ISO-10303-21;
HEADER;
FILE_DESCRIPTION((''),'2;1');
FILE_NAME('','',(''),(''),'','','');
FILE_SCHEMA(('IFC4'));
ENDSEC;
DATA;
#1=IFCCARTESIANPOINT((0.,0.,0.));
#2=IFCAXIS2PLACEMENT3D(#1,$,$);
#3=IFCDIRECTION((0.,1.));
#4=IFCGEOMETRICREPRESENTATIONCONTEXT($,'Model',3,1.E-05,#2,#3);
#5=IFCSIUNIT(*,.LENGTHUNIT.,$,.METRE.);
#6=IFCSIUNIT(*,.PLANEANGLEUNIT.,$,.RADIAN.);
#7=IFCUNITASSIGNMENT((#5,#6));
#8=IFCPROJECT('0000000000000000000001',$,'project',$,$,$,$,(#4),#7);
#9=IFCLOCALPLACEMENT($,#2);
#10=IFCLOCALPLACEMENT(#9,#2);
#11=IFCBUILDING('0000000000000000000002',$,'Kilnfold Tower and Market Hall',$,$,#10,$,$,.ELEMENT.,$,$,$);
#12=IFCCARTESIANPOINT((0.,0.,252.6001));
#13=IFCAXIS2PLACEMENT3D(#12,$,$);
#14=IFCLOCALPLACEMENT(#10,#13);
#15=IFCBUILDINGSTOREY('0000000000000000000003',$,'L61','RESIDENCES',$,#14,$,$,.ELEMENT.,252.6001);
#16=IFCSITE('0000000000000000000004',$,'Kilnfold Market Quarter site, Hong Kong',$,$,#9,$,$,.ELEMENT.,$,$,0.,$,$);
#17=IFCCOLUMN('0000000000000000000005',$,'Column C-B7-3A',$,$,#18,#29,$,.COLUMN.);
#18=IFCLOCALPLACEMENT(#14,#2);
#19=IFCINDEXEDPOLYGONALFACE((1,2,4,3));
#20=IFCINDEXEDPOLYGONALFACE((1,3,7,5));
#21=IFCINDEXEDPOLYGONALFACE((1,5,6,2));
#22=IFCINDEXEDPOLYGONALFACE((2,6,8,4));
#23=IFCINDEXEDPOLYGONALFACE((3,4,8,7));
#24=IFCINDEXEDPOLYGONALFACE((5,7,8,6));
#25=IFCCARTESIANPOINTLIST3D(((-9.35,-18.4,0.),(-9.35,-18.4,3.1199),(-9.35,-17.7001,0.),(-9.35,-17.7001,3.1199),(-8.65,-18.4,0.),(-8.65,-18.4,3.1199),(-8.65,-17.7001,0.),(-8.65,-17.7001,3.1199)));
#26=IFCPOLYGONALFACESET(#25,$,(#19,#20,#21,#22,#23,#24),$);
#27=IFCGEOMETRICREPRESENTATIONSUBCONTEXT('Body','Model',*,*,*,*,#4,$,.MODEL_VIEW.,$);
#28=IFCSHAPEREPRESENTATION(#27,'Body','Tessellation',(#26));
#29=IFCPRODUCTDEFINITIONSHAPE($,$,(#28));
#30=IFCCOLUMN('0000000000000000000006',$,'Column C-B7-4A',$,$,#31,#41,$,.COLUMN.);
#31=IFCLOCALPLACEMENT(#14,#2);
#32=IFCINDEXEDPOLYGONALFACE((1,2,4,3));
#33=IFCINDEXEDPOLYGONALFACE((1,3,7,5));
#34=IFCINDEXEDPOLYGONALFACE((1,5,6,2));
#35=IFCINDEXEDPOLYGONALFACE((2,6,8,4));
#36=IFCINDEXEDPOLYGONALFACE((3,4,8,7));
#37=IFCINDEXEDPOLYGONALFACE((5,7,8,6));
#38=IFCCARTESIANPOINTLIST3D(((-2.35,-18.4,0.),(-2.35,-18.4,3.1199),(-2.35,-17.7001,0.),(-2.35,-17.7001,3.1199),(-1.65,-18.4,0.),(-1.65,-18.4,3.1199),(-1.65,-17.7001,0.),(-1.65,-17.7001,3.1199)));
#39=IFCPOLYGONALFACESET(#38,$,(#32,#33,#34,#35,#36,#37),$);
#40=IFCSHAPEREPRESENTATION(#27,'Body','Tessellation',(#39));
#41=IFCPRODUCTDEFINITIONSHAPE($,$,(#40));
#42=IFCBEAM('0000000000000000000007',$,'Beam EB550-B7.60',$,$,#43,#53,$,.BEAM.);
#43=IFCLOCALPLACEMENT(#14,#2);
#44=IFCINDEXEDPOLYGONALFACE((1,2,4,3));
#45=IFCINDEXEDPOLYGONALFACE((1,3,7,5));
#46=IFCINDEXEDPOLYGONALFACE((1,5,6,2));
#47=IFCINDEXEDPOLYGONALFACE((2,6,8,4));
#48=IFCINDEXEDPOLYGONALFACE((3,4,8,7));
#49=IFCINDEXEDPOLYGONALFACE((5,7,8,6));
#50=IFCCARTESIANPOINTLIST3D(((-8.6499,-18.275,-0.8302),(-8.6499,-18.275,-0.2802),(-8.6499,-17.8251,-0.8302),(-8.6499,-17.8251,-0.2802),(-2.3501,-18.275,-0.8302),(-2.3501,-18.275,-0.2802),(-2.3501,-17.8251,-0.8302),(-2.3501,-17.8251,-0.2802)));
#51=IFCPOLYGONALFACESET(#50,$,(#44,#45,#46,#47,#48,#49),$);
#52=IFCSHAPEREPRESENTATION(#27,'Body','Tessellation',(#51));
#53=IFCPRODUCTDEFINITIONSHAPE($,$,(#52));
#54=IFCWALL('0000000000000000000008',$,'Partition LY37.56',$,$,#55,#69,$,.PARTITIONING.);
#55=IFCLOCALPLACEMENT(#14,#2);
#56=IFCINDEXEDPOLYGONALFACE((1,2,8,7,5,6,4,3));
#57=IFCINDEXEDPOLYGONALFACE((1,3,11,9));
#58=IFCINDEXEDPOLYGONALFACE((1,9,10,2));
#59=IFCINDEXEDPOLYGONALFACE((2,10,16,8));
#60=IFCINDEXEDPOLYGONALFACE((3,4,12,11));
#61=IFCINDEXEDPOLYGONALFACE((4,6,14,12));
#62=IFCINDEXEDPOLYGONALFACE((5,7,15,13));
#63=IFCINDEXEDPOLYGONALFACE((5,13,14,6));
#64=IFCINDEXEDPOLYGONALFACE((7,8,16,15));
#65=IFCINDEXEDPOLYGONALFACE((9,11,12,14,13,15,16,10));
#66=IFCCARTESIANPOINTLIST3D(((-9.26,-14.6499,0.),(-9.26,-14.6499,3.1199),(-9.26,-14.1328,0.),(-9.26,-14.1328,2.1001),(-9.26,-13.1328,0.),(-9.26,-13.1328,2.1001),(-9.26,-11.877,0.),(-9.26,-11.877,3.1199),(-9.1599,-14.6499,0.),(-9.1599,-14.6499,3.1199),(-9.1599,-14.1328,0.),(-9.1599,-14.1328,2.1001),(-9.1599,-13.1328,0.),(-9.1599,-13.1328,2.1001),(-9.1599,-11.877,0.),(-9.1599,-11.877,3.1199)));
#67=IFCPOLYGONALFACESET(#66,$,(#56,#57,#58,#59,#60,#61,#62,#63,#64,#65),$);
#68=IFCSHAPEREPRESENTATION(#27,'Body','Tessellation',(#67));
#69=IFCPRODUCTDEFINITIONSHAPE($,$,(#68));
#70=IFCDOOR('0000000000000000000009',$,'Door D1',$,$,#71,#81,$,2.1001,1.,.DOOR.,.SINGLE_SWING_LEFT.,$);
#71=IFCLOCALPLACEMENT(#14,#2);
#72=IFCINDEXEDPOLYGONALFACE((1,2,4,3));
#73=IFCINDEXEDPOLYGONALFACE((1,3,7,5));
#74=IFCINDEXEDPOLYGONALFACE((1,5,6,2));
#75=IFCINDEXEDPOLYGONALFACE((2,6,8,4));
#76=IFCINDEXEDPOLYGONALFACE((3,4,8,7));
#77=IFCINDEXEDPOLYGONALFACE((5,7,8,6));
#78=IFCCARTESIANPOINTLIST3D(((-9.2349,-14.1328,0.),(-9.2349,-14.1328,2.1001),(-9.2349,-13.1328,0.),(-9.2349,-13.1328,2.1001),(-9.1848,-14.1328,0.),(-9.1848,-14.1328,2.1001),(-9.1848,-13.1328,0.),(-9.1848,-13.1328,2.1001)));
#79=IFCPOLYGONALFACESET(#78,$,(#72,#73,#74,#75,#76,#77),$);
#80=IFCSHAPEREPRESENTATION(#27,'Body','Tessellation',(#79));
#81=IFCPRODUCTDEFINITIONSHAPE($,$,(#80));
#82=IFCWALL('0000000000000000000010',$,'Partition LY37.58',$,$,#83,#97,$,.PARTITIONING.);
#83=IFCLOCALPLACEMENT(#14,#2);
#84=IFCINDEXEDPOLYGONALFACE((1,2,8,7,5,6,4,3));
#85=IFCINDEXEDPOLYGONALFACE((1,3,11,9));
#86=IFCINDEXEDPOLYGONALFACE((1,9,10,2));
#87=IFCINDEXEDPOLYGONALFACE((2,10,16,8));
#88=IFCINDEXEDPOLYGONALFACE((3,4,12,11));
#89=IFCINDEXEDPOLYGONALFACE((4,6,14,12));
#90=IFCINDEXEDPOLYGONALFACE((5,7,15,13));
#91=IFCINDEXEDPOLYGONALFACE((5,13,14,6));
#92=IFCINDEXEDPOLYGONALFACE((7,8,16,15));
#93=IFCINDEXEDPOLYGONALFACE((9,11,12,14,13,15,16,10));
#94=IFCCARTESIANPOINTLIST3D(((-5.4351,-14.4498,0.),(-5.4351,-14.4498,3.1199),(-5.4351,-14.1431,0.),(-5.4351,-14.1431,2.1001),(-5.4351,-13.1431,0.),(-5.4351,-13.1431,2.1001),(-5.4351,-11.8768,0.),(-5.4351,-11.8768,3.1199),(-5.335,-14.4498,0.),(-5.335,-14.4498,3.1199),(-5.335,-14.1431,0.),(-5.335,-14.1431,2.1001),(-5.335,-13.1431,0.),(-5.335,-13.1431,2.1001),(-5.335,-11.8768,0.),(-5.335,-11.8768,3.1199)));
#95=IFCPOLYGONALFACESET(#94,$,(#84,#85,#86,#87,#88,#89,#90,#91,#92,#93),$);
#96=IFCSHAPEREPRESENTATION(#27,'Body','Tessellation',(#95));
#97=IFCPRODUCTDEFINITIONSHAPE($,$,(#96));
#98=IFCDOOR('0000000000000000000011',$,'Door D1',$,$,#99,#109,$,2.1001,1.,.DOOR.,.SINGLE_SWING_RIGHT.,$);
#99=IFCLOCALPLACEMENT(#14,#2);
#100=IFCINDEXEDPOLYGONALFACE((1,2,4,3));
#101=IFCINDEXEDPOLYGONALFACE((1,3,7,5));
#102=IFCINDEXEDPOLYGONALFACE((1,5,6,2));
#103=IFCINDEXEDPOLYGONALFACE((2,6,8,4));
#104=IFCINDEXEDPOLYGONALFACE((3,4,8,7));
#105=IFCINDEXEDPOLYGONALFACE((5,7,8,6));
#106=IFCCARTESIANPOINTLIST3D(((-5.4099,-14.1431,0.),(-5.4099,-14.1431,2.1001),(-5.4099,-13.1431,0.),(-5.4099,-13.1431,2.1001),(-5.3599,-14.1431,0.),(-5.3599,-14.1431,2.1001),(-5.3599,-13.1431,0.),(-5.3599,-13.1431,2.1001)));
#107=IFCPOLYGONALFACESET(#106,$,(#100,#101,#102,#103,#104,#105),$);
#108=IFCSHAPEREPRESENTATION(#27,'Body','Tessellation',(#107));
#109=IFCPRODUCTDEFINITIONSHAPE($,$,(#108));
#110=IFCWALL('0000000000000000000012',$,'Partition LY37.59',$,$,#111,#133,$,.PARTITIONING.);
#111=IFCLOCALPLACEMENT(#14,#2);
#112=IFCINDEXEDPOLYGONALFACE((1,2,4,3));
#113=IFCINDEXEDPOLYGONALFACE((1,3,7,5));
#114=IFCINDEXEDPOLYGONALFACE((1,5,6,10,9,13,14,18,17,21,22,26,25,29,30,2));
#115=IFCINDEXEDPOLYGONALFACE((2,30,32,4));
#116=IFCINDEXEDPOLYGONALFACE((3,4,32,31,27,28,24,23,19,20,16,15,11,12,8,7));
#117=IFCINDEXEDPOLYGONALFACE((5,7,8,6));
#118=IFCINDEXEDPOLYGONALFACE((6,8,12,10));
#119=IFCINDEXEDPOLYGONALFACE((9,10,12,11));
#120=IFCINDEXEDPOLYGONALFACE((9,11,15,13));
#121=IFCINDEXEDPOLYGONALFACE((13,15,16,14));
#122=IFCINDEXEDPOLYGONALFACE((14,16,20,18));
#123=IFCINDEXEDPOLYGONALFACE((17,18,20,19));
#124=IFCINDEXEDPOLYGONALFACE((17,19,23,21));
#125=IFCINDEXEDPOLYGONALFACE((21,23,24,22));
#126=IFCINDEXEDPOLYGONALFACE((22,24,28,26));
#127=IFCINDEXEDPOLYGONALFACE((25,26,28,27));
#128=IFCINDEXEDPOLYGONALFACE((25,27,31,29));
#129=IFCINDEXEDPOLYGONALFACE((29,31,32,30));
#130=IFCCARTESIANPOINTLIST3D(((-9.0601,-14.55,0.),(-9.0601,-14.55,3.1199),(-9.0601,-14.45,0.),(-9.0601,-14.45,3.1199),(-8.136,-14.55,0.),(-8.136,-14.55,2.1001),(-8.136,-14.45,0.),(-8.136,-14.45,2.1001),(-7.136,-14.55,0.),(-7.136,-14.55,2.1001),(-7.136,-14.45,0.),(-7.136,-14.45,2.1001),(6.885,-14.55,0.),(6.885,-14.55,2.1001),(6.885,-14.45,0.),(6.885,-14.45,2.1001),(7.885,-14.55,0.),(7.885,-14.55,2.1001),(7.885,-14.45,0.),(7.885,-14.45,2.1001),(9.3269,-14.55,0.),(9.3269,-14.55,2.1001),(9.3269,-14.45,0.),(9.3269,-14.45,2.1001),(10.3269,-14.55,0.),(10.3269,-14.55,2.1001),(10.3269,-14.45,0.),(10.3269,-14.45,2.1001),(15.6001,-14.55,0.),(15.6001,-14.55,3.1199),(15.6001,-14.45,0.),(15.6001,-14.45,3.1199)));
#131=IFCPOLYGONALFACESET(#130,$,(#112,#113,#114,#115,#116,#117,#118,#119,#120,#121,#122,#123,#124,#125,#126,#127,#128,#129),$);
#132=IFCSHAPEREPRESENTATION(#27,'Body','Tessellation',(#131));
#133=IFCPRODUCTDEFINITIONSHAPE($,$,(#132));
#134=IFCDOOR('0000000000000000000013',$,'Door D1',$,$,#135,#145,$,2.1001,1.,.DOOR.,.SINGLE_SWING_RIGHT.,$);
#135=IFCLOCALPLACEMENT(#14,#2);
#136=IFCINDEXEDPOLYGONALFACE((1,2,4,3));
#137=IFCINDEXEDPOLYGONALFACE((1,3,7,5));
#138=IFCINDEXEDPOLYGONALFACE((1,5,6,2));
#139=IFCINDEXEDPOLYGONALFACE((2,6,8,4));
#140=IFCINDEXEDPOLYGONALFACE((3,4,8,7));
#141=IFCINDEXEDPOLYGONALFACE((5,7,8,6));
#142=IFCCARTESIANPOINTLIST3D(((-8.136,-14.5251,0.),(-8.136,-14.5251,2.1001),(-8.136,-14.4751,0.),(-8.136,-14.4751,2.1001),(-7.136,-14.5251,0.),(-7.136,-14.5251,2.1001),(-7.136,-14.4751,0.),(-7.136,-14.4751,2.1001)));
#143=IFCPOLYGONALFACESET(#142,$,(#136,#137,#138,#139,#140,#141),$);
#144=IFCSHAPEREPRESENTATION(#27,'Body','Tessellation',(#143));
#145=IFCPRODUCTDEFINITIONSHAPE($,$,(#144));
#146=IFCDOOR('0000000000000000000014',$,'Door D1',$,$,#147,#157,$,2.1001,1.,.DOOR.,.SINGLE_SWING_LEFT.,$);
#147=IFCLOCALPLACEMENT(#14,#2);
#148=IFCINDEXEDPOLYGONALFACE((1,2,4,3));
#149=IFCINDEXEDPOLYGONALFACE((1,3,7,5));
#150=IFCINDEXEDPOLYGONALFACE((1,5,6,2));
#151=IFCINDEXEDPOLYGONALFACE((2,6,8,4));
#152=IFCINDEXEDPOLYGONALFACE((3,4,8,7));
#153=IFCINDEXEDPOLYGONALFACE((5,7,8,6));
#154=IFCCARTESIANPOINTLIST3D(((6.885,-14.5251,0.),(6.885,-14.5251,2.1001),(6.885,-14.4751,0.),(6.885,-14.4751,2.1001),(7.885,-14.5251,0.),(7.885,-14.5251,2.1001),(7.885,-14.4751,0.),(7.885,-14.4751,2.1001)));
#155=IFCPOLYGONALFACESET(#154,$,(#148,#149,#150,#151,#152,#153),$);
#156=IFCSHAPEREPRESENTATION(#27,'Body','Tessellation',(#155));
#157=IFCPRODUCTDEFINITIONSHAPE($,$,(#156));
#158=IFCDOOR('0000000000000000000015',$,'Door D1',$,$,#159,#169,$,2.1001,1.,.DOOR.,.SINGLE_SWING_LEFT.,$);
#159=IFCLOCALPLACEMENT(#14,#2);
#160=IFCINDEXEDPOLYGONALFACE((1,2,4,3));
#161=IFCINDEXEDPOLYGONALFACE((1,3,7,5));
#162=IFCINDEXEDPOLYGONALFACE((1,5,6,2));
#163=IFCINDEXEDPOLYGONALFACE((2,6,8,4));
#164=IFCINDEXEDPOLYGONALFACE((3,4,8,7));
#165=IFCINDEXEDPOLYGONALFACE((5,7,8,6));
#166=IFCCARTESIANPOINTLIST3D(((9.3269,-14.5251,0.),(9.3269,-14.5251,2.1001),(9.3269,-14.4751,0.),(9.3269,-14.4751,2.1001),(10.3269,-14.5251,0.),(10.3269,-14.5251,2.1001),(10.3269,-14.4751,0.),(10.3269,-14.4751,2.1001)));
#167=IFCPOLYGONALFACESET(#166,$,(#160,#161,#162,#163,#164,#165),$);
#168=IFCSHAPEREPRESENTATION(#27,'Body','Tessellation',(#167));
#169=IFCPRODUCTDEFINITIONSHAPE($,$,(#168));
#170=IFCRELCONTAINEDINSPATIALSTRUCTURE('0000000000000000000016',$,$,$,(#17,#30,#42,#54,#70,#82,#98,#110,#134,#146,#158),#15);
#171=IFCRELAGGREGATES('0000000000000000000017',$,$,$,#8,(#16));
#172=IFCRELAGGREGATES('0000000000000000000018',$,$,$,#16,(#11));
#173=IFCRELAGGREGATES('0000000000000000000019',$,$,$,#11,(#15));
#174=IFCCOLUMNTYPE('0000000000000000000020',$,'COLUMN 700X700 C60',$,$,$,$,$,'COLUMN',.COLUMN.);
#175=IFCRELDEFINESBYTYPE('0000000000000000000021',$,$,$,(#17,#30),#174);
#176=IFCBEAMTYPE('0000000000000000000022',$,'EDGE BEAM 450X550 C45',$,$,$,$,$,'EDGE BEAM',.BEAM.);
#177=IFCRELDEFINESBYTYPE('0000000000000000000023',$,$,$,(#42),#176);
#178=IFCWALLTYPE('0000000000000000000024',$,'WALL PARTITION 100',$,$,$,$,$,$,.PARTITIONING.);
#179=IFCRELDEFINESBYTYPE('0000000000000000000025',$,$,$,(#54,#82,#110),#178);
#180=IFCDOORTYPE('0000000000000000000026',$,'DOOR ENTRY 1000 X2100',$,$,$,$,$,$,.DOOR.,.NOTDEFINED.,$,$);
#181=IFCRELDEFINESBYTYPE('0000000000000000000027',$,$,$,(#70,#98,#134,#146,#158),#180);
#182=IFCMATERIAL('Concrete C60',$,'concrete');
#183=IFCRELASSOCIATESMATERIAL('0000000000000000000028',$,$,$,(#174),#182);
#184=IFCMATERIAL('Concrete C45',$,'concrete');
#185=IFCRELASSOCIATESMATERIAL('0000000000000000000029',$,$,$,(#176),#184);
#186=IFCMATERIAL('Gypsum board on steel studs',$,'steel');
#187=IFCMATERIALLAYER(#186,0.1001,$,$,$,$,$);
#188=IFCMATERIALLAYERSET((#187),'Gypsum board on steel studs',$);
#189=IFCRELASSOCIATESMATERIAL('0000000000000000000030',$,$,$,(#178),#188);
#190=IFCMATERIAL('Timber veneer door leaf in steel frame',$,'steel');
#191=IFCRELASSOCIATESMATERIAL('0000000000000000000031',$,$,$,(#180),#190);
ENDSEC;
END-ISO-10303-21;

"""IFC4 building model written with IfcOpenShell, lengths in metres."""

from ifc_helpers import new_model, si_unit, direction, frame, frame_2d, origin, origin_2d, place, context, subcontext, project, spatial, rectangle, extrude, source, transform, mapped, material, layer, layer_set, material_profile, profile_set, type_object, element, fill, save


model = new_model("IFC4")

# Units and contexts
model_context = context("Model", 3, precision=1e-05, world=origin(), true_north=direction((0.0, 1.0)))
body_context = subcontext(model_context, "Body", "Model", "MODEL_VIEW")
ifc_project = project(units=[si_unit("LENGTHUNIT", "METRE"), si_unit("PLANEANGLEUNIT", "RADIAN")], contexts=[model_context])

# Site, building, storey
site_placement = place(None, origin())
site = spatial("IfcSite", under=ifc_project, at=site_placement, Name="Kilnfold Market Quarter site, Hong Kong", CompositionType="ELEMENT", RefElevation=0.0)
building_placement = place(site_placement, origin())
building = spatial("IfcBuilding", under=site, at=building_placement, Name="Kilnfold Tower and Market Hall", CompositionType="ELEMENT")
storey_placement = place(building_placement, frame((0.0, 0.0, 252.6001)))
storey = spatial("IfcBuildingStorey", under=building, at=storey_placement, Name="L61", Description="RESIDENCES", CompositionType="ELEMENT", Elevation=252.6001)

# Columns
ifc_material_1 = material(Name="Concrete C60", Category="concrete")
ifc_material_profile_1 = material_profile(ifc_material_1, rectangle(XDim=0.7, YDim=0.7, at=origin_2d()), Name="RC 700x700")
ifc_profile_set_1 = profile_set([ifc_material_profile_1], Name="Concrete C60")
column_type = type_object("IfcColumnType", Name="COLUMN 700X700 C60", ElementType="COLUMN", PredefinedType="COLUMN", material=ifc_profile_set_1)
shared_shape_1 = source(origin(), body_context, "Body", "SweptSolid", [
    extrude(rectangle(XDim=0.7, YDim=0.7, at=origin_2d()), origin(), (0.0, 0.0, 1.0), 3.1199),
])
for number, where, z_axis, x_axis, name in (
    (1, (-9.0, -18.05, 0.0), (0.0, 0.0, 1.0), (1.0, 0.0, 0.0), "Column C-B7-3A"),
    (2, (-2.0, -18.05, 0.0), (0.0, 0.0, 1.0), (1.0, 0.0, 0.0), "Column C-B7-4A"),
):
    element("IfcColumn", number, at=place(storey_placement, frame(where, z_axis=z_axis, x_axis=x_axis)), inside=storey, type_object=column_type, Name=name, PredefinedType="COLUMN", context=body_context, shape_type="MappedRepresentation", body=[
        mapped(shared_shape_1, transform((0.0, 0.0, 0.0))),
    ])

# Beam
ifc_material_2 = material(Name="Concrete C45", Category="concrete")
ifc_material_profile_2 = material_profile(ifc_material_2, rectangle(XDim=0.45, YDim=0.55, at=origin_2d()), Name="RC 450x550")
ifc_profile_set_2 = profile_set([ifc_material_profile_2], Name="Concrete C45")
beam_type = type_object("IfcBeamType", Name="EDGE BEAM 450X550 C45", ElementType="EDGE BEAM", PredefinedType="BEAM", material=ifc_profile_set_2)
shared_shape_2 = source(origin(), body_context, "Body", "SweptSolid", [
    extrude(rectangle(XDim=0.45, YDim=0.55, at=origin_2d()), origin(), (0.0, 0.0, 1.0), 6.2998),
])
beam_placement = place(storey_placement, frame((-8.6499, -18.05, -0.5552), z_axis=(1.0, 0.0, 0.0), x_axis=(0.0, 1.0, 0.0)))
element("IfcBeam", 3, at=beam_placement, inside=storey, type_object=beam_type, Name="Beam EB550-B7.60", PredefinedType="BEAM", context=body_context, shape_type="MappedRepresentation", body=[
    mapped(shared_shape_2, transform((0.0, 0.0, 0.0))),
])

# Walls, openings, doors
ifc_material_3 = material(Name="Gypsum board on steel studs", Category="steel")
ifc_layer_1 = layer(ifc_material_3, 0.1001)
ifc_layer_set_1 = layer_set([ifc_layer_1], Name="Gypsum board on steel studs")
wall_type_1 = type_object("IfcWallType", Name="WALL PARTITION 100", PredefinedType="PARTITIONING", material=ifc_layer_set_1)
wall_1_placement = place(storey_placement, frame((-9.21, -14.6499, 0.0), z_axis=(0.0, 0.0, 1.0), x_axis=(0.0, 1.0, 0.0)))
wall_1 = element("IfcWall", 4, at=wall_1_placement, inside=storey, type_object=wall_type_1, Name="Partition LY37.56", PredefinedType="PARTITIONING", context=body_context, shape_type="SweptSolid", body=[
    extrude(rectangle(XDim=2.7729, YDim=0.1001, at=frame_2d((1.3865, 0.0))), origin(), (0.0, 0.0, 1.0), 3.1199),
])
opening_1_placement = place(wall_1_placement, frame((0.5171, 0.0, 0.0)))
opening_1 = element("IfcOpeningElement", 5, at=opening_1_placement, cuts=wall_1, PredefinedType="OPENING", context=body_context, shape_type="SweptSolid", body=[
    extrude(rectangle(XDim=1.0, YDim=2.1001, at=frame_2d((0.5, 1.05))), frame((0.0, 0.0601, 0.0), z_axis=(0.0, -1.0, 0.0), x_axis=(1.0, 0.0, 0.0)), (0.0, 0.0, 1.0), 0.1201),
])
ifc_material_4 = material(Name="Timber veneer door leaf in steel frame", Category="steel")
door_type = type_object("IfcDoorType", Name="DOOR ENTRY 1000 X2100", OperationType="NOTDEFINED", PredefinedType="DOOR", material=ifc_material_4)
door_1_placement = place(opening_1_placement, origin())
door_1 = element("IfcDoor", 6, at=door_1_placement, inside=storey, type_object=door_type, Name="Door D1", OperationType="SINGLE_SWING_LEFT", OverallHeight=2.1001, OverallWidth=1.0, PredefinedType="DOOR", context=body_context, shape_type="SweptSolid", body=[
    extrude(rectangle(XDim=1.0, YDim=2.1001, at=frame_2d((0.5, 1.05))), frame((0.0, 0.0249, 0.0), z_axis=(0.0, -1.0, 0.0), x_axis=(1.0, 0.0, 0.0)), (0.0, 0.0, 1.0), 0.05),
])
fill(opening_1, door_1)
wall_2_placement = place(storey_placement, frame((-5.385, -14.45, 0.0), z_axis=(0.0, 0.0, 1.0), x_axis=(0.0, 1.0, 0.0)))
wall_2 = element("IfcWall", 7, at=wall_2_placement, inside=storey, type_object=wall_type_1, Name="Partition LY37.58", PredefinedType="PARTITIONING", context=body_context, shape_type="SweptSolid", body=[
    extrude(rectangle(XDim=2.573, YDim=0.1001, at=frame_2d((1.2866, 0.0))), origin(), (0.0, 0.0, 1.0), 3.1199),
])
opening_2_placement = place(wall_2_placement, frame((0.3069, 0.0, 0.0)))
opening_2 = element("IfcOpeningElement", 8, at=opening_2_placement, cuts=wall_2, PredefinedType="OPENING", context=body_context, shape_type="SweptSolid", body=[
    extrude(rectangle(XDim=1.0, YDim=2.1001, at=frame_2d((0.5, 1.05))), frame((0.0, 0.0601, 0.0), z_axis=(0.0, -1.0, 0.0), x_axis=(1.0, 0.0, 0.0)), (0.0, 0.0, 1.0), 0.1201),
])
door_2_placement = place(opening_2_placement, origin())
door_2 = element("IfcDoor", 9, at=door_2_placement, inside=storey, type_object=door_type, Name="Door D1", OperationType="SINGLE_SWING_RIGHT", OverallHeight=2.1001, OverallWidth=1.0, PredefinedType="DOOR", context=body_context, shape_type="SweptSolid", body=[
    extrude(rectangle(XDim=1.0, YDim=2.1001, at=frame_2d((0.5, 1.05))), frame((0.0, 0.0249, 0.0), z_axis=(0.0, -1.0, 0.0), x_axis=(1.0, 0.0, 0.0)), (0.0, 0.0, 1.0), 0.05),
])
fill(opening_2, door_2)

# Wall, openings, doors
wall_3_placement = place(storey_placement, frame((-9.0601, -14.5, 0.0), z_axis=(0.0, 0.0, 1.0), x_axis=(1.0, 0.0, 0.0)))
wall_3 = element("IfcWall", 10, at=wall_3_placement, inside=storey, type_object=wall_type_1, Name="Partition LY37.59", PredefinedType="PARTITIONING", context=body_context, shape_type="SweptSolid", body=[
    extrude(rectangle(XDim=24.6602, YDim=0.1001, at=frame_2d((12.3301, 0.0))), origin(), (0.0, 0.0, 1.0), 3.1199),
])
opening_3_placement = place(wall_3_placement, frame((0.9241, 0.0, 0.0)))
opening_3 = element("IfcOpeningElement", 11, at=opening_3_placement, cuts=wall_3, PredefinedType="OPENING", context=body_context, shape_type="SweptSolid", body=[
    extrude(rectangle(XDim=1.0, YDim=2.1001, at=frame_2d((0.5, 1.05))), frame((0.0, 0.0601, 0.0), z_axis=(0.0, -1.0, 0.0), x_axis=(1.0, 0.0, 0.0)), (0.0, 0.0, 1.0), 0.1201),
])
opening_4_placement = place(wall_3_placement, frame((15.9451, 0.0, 0.0)))
opening_4 = element("IfcOpeningElement", 12, at=opening_4_placement, cuts=wall_3, PredefinedType="OPENING", context=body_context, shape_type="SweptSolid", body=[
    extrude(rectangle(XDim=1.0, YDim=2.1001, at=frame_2d((0.5, 1.05))), frame((0.0, 0.0601, 0.0), z_axis=(0.0, -1.0, 0.0), x_axis=(1.0, 0.0, 0.0)), (0.0, 0.0, 1.0), 0.1201),
])
opening_5_placement = place(wall_3_placement, frame((18.387, 0.0, 0.0)))
opening_5 = element("IfcOpeningElement", 13, at=opening_5_placement, cuts=wall_3, PredefinedType="OPENING", context=body_context, shape_type="SweptSolid", body=[
    extrude(rectangle(XDim=1.0, YDim=2.1001, at=frame_2d((0.5, 1.05))), frame((0.0, 0.0601, 0.0), z_axis=(0.0, -1.0, 0.0), x_axis=(1.0, 0.0, 0.0)), (0.0, 0.0, 1.0), 0.1201),
])
door_3_placement = place(opening_3_placement, origin())
door_3 = element("IfcDoor", 14, at=door_3_placement, inside=storey, type_object=door_type, Name="Door D1", OperationType="SINGLE_SWING_RIGHT", OverallHeight=2.1001, OverallWidth=1.0, PredefinedType="DOOR", context=body_context, shape_type="SweptSolid", body=[
    extrude(rectangle(XDim=1.0, YDim=2.1001, at=frame_2d((0.5, 1.05))), frame((0.0, 0.0249, 0.0), z_axis=(0.0, -1.0, 0.0), x_axis=(1.0, 0.0, 0.0)), (0.0, 0.0, 1.0), 0.05),
])
fill(opening_3, door_3)
door_4_placement = place(opening_4_placement, origin())
door_4 = element("IfcDoor", 15, at=door_4_placement, inside=storey, type_object=door_type, Name="Door D1", OperationType="SINGLE_SWING_LEFT", OverallHeight=2.1001, OverallWidth=1.0, PredefinedType="DOOR", context=body_context, shape_type="SweptSolid", body=[
    extrude(rectangle(XDim=1.0, YDim=2.1001, at=frame_2d((0.5, 1.05))), frame((0.0, 0.0249, 0.0), z_axis=(0.0, -1.0, 0.0), x_axis=(1.0, 0.0, 0.0)), (0.0, 0.0, 1.0), 0.05),
])
fill(opening_4, door_4)
door_5_placement = place(opening_5_placement, origin())
door_5 = element("IfcDoor", 16, at=door_5_placement, inside=storey, type_object=door_type, Name="Door D1", OperationType="SINGLE_SWING_LEFT", OverallHeight=2.1001, OverallWidth=1.0, PredefinedType="DOOR", context=body_context, shape_type="SweptSolid", body=[
    extrude(rectangle(XDim=1.0, YDim=2.1001, at=frame_2d((0.5, 1.05))), frame((0.0, 0.0249, 0.0), z_axis=(0.0, -1.0, 0.0), x_axis=(1.0, 0.0, 0.0)), (0.0, 0.0, 1.0), 0.05),
])
fill(opening_5, door_5)

save(model, "model.ifc")
